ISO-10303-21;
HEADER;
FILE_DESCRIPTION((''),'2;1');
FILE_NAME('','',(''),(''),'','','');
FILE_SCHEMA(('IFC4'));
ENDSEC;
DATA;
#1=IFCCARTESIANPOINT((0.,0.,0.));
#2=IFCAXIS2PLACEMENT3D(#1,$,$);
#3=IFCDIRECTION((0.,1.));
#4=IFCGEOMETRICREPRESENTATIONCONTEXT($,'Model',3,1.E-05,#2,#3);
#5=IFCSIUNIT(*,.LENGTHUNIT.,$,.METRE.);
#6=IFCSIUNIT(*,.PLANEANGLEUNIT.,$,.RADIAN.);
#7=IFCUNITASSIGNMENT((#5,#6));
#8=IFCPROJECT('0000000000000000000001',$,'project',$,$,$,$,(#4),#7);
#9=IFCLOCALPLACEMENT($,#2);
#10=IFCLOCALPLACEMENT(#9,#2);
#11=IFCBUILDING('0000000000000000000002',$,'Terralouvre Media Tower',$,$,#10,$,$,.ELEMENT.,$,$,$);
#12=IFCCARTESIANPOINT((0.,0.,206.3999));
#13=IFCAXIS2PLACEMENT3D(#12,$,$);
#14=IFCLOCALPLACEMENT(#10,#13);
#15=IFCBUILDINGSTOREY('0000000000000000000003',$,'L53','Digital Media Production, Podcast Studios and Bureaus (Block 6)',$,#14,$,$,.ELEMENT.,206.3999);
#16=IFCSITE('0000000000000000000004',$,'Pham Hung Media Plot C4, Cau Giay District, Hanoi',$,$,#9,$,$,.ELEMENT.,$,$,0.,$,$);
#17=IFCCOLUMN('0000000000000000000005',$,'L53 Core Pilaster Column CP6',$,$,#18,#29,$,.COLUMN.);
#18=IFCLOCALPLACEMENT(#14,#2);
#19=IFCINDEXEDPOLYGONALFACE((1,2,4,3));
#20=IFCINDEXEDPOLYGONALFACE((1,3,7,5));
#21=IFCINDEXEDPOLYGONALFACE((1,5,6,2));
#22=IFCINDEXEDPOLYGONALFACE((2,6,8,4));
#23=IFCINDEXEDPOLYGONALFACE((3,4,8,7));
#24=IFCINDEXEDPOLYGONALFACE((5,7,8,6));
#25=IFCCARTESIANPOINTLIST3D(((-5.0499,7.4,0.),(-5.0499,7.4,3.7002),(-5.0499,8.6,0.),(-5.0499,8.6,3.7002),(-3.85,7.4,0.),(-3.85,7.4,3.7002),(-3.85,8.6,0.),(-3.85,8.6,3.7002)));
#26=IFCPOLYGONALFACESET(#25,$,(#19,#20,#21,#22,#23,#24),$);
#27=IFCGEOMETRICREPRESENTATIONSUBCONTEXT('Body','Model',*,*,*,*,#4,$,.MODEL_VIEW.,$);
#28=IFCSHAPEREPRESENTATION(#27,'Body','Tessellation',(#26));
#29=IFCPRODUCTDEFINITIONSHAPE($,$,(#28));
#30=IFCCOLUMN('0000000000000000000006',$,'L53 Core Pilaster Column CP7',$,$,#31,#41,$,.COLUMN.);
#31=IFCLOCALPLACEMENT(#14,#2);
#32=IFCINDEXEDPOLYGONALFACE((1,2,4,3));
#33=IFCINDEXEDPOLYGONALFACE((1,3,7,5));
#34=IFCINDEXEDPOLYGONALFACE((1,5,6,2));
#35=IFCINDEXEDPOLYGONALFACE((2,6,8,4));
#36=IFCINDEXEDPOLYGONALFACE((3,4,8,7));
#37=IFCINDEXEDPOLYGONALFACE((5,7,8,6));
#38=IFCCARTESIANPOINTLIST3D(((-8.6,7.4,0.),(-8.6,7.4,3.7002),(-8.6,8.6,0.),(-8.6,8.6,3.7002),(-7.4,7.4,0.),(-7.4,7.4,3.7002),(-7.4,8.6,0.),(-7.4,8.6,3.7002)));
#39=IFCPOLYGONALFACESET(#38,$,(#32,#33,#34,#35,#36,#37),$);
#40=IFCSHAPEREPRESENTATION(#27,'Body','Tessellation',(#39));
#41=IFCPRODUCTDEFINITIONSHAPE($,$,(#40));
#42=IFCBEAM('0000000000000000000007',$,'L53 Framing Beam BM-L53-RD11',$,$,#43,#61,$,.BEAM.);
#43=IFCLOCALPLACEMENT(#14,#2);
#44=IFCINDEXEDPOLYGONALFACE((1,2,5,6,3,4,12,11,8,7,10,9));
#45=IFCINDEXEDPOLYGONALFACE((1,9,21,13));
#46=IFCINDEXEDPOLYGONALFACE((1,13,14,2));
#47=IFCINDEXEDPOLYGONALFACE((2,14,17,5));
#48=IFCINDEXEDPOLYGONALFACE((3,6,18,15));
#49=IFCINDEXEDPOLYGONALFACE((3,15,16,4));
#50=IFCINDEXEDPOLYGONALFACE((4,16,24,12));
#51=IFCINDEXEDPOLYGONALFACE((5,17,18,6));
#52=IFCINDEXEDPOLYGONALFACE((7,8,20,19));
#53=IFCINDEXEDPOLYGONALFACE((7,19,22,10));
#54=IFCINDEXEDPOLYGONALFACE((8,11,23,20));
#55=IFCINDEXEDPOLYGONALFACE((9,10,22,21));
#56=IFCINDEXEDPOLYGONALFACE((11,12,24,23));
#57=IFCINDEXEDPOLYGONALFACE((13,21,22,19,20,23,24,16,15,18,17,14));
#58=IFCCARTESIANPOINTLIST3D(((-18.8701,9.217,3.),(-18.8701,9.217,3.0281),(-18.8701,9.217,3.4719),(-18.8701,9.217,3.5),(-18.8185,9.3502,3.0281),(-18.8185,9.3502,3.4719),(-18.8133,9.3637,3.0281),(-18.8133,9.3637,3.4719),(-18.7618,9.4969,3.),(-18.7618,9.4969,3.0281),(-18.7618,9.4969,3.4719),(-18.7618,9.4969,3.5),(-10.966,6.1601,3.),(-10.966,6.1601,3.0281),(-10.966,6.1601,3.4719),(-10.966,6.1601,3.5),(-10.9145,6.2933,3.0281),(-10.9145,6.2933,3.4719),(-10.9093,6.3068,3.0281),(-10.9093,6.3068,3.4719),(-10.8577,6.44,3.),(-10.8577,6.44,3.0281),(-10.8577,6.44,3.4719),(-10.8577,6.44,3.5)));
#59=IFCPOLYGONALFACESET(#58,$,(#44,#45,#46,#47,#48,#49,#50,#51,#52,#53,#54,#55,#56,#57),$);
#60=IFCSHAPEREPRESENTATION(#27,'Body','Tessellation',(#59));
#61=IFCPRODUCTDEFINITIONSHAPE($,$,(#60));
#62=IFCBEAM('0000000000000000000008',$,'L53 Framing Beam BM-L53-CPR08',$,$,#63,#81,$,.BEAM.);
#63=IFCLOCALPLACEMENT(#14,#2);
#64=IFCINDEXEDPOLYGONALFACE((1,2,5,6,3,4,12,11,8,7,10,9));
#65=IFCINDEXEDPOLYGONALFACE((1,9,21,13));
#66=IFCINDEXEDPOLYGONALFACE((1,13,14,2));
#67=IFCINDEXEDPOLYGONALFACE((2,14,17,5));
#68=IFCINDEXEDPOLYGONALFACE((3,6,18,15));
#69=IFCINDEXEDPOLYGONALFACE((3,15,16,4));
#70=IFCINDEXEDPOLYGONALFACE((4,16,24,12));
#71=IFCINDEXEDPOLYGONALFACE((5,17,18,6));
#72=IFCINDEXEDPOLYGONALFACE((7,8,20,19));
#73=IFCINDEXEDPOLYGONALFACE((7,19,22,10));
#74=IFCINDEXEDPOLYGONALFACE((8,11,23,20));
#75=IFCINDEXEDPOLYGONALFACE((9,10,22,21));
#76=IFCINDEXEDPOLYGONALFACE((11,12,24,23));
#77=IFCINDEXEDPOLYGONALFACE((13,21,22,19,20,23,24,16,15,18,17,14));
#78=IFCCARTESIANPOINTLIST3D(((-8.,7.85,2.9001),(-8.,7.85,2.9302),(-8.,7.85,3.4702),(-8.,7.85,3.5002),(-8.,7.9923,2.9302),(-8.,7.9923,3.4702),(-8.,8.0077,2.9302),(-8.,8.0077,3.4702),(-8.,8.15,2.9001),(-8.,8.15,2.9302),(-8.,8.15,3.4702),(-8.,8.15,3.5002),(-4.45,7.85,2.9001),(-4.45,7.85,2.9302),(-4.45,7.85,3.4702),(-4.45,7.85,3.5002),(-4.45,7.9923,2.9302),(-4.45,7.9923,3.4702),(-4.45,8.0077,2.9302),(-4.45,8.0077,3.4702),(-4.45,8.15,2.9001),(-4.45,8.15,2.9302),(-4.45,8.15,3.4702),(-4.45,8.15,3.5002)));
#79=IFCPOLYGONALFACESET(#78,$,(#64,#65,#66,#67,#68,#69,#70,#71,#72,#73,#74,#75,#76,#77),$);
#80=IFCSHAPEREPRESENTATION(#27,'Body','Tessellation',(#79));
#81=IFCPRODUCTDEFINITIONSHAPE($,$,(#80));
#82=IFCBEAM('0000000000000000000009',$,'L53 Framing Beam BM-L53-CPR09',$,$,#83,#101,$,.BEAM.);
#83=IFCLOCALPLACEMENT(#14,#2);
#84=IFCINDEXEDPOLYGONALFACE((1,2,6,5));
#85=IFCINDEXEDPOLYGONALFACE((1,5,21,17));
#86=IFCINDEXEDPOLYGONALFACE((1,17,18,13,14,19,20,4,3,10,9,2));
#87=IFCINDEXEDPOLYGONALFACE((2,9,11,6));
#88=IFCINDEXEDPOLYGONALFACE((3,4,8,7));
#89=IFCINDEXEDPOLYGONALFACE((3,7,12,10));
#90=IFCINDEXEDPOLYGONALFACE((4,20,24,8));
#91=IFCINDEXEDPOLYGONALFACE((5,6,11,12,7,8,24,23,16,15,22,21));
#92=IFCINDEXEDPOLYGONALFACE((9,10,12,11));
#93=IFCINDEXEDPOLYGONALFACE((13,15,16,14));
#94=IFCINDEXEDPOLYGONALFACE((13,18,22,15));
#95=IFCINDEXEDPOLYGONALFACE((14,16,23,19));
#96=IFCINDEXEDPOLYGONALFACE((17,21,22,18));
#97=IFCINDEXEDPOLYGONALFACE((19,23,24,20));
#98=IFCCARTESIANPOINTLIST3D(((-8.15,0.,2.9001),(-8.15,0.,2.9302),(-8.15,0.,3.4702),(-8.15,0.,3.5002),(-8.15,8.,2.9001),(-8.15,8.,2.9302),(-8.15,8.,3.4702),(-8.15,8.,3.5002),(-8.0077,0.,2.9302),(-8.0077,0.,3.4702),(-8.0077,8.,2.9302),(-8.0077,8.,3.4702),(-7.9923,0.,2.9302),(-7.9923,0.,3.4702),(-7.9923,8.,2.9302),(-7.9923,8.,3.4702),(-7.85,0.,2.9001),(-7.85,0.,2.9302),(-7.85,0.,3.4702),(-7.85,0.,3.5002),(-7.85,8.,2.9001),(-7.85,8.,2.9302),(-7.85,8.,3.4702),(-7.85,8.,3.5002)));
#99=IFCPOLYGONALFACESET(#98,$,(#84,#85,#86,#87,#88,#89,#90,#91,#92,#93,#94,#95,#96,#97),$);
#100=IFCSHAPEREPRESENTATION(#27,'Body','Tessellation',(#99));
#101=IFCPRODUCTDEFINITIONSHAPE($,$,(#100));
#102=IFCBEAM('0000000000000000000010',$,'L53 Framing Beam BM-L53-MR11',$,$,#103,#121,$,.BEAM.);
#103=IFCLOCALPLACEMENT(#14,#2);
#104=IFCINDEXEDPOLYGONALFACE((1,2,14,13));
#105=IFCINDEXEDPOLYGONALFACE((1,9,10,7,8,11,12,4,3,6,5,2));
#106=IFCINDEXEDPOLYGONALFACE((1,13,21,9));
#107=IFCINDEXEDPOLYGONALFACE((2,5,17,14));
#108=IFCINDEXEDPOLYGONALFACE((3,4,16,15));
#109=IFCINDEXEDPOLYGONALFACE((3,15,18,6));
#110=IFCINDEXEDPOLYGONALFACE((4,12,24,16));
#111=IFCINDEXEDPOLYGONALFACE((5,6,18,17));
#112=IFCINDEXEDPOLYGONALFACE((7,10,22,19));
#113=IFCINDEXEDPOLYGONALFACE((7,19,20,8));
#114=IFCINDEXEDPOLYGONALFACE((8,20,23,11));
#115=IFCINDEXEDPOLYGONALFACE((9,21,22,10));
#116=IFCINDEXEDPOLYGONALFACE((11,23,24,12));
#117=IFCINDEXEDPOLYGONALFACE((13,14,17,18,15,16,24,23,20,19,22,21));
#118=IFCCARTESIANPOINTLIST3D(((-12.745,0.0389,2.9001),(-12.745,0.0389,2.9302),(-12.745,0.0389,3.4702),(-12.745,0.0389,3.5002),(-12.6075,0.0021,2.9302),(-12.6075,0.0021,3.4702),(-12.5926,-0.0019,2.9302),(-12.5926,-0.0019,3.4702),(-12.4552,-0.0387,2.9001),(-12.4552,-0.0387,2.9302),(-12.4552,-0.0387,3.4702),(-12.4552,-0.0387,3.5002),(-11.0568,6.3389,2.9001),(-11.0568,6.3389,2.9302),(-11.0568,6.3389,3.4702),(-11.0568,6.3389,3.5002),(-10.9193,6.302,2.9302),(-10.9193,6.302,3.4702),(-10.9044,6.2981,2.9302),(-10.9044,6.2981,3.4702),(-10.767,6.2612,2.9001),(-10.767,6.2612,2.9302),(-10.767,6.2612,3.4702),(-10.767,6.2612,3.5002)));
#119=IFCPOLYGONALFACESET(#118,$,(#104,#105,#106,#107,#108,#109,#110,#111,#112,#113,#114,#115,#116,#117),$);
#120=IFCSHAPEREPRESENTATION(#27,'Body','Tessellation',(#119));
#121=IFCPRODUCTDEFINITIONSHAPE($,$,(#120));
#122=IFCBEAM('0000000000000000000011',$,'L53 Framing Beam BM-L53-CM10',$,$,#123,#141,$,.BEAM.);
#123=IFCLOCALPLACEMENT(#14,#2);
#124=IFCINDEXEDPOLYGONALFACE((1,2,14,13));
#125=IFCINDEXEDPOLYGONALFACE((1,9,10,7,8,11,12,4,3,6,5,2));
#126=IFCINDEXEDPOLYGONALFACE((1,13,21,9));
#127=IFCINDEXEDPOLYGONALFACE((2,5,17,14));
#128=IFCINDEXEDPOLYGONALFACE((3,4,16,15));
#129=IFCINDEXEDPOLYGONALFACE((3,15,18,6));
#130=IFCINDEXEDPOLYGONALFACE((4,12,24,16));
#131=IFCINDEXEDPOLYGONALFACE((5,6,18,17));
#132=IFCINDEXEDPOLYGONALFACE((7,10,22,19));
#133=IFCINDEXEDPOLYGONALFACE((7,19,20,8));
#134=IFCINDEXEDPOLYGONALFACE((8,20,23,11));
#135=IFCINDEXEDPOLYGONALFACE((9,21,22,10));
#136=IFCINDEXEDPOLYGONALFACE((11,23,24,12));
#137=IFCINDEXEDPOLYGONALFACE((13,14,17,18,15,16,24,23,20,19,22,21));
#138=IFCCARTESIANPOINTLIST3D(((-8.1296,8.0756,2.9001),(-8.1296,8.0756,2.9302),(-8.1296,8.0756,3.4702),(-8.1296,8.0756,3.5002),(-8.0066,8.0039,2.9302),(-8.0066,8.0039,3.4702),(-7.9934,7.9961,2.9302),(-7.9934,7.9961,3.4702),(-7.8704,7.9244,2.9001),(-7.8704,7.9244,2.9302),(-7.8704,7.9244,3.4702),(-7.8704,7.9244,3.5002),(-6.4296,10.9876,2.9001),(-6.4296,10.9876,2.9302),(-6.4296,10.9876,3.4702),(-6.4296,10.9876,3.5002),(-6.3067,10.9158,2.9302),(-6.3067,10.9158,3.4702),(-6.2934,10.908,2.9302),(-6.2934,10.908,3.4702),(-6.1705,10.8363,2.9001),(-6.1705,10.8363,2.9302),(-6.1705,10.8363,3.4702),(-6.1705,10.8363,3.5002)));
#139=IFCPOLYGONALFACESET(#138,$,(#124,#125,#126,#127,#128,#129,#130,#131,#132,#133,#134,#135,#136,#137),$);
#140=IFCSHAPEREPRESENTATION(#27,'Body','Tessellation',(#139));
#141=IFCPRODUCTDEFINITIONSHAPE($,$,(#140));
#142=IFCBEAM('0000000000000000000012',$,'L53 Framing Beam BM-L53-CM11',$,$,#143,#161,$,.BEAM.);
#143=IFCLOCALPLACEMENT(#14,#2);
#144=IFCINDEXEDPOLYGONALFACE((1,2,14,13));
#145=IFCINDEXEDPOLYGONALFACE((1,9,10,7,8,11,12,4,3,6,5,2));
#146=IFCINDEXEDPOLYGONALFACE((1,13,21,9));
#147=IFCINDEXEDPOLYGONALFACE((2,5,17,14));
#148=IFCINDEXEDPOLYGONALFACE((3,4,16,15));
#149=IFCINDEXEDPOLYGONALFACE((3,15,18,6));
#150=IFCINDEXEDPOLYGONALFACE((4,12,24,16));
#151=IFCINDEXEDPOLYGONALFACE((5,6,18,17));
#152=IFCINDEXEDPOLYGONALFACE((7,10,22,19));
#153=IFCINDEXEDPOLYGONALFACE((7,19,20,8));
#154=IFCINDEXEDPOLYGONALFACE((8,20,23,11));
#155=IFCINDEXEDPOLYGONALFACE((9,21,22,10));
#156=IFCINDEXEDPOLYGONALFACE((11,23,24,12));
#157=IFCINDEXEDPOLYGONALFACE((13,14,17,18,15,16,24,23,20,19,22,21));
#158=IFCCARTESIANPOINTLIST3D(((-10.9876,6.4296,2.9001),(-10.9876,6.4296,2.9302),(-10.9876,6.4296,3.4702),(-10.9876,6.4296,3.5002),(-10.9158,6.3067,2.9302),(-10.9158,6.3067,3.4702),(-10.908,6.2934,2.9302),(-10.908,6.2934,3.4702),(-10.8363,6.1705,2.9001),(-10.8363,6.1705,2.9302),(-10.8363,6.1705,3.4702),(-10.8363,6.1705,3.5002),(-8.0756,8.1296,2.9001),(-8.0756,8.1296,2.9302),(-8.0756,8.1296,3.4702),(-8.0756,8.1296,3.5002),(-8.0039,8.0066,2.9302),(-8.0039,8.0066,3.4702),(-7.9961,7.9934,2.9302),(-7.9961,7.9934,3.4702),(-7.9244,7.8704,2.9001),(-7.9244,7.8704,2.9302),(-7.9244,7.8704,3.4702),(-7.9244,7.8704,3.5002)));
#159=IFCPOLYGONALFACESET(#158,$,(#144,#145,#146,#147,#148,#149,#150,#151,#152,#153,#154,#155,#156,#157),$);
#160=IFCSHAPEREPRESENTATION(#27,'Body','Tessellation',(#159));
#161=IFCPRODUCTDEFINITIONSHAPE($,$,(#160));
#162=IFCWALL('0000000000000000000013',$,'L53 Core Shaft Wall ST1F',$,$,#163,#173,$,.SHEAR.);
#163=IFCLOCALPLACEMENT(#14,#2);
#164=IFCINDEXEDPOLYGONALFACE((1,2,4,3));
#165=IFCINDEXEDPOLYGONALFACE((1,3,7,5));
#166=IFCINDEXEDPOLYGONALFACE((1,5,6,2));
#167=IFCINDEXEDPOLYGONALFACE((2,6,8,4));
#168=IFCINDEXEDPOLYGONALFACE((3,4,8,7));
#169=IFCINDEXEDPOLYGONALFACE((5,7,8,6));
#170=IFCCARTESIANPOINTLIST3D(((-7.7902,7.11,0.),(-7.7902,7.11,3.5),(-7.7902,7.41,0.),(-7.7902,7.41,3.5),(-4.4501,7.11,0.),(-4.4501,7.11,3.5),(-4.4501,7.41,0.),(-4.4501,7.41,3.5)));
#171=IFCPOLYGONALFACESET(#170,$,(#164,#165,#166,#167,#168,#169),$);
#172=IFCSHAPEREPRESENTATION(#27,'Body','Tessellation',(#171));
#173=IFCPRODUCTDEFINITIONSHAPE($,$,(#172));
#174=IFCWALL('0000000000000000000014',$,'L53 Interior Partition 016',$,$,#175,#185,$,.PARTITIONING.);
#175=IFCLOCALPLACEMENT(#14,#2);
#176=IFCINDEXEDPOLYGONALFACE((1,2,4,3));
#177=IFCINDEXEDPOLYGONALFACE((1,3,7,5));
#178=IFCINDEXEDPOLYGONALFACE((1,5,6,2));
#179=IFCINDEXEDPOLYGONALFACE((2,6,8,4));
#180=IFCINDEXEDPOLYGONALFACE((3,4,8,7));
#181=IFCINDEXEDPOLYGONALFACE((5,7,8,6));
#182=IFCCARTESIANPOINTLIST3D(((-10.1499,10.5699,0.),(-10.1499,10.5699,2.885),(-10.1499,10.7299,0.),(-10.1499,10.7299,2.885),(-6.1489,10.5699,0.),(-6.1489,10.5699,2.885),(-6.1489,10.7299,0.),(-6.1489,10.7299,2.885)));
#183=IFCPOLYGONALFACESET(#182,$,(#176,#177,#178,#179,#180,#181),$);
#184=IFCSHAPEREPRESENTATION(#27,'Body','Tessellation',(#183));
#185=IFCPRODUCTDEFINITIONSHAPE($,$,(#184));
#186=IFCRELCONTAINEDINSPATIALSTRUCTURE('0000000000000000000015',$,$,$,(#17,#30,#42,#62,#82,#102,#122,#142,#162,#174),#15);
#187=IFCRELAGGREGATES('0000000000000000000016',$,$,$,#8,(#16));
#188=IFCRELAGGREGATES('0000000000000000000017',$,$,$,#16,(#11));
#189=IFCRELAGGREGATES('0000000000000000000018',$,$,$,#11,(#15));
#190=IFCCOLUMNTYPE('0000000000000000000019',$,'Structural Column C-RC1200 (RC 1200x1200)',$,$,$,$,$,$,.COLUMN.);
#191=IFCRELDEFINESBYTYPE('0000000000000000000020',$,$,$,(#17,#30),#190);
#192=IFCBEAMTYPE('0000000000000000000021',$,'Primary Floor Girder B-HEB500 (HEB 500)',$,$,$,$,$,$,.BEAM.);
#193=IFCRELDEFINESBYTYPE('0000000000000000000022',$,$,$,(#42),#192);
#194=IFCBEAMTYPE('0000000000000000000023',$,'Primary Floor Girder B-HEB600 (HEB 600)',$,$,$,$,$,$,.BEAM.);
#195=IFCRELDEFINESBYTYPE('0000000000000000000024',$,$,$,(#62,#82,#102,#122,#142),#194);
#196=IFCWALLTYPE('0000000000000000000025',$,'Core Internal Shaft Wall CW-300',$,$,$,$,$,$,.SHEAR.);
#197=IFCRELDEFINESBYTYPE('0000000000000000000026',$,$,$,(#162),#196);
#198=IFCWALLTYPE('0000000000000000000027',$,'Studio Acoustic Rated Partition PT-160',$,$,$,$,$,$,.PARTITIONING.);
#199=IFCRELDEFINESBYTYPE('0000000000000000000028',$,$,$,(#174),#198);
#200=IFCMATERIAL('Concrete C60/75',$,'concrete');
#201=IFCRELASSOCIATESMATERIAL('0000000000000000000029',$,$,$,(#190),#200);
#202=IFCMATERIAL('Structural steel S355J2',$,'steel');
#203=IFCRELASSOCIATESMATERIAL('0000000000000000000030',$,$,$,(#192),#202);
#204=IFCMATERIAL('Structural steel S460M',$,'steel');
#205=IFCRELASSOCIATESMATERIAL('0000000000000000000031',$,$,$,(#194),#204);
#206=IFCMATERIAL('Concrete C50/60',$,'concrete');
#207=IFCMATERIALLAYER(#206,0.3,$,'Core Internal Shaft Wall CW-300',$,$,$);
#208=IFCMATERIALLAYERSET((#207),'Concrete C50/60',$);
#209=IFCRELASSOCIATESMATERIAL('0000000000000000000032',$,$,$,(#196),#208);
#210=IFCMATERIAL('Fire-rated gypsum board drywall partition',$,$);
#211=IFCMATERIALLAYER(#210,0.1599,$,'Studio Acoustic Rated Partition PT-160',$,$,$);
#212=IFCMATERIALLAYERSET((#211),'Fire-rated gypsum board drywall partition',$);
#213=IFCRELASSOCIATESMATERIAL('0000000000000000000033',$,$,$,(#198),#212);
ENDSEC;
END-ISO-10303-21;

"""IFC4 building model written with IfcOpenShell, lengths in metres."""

from ifc_helpers import new_model, si_unit, direction, frame, frame_2d, origin, origin_2d, place, context, subcontext, project, spatial, rectangle, i_section, extrude, material, layer, layer_set, material_profile, profile_set, type_object, element, save


model = new_model("IFC4")

# Units and contexts
model_context = context("Model", 3, precision=1e-05, world=origin(), true_north=direction((0.0, 1.0)))
body_context = subcontext(model_context, "Body", "Model", "MODEL_VIEW")
ifc_project = project(units=[si_unit("LENGTHUNIT", "METRE"), si_unit("PLANEANGLEUNIT", "RADIAN")], contexts=[model_context])

# Site, building, storey
site_placement = place(None, origin())
site = spatial("IfcSite", under=ifc_project, at=site_placement, Name="Pham Hung Media Plot C4, Cau Giay District, Hanoi", CompositionType="ELEMENT", RefElevation=0.0)
building_placement = place(site_placement, origin())
building = spatial("IfcBuilding", under=site, at=building_placement, Name="Terralouvre Media Tower", CompositionType="ELEMENT")
storey_placement = place(building_placement, frame((0.0, 0.0, 206.3999)))
storey = spatial("IfcBuildingStorey", under=building, at=storey_placement, Name="L53", Description="Digital Media Production, Podcast Studios and Bureaus (Block 6)", CompositionType="ELEMENT", Elevation=206.3999)

# Columns
ifc_material_1 = material(Name="Concrete C60/75", Category="concrete")
ifc_material_profile_1 = material_profile(ifc_material_1, rectangle(XDim=1.2, YDim=1.2, at=origin_2d()), Name="RC 1200x1200")
ifc_profile_set_1 = profile_set([ifc_material_profile_1], Name="Concrete C60/75")
column_type = type_object("IfcColumnType", Name="Structural Column C-RC1200 (RC 1200x1200)", PredefinedType="COLUMN", material=ifc_profile_set_1)
for number, where, z_axis, x_axis, name in (
    (1, (-4.45, 8.0, 0.0), (0.0, 0.0, 1.0), (1.0, 0.0, 0.0), "L53 Core Pilaster Column CP6"),
    (2, (-8.0, 8.0, 0.0), (0.0, 0.0, 1.0), (1.0, 0.0, 0.0), "L53 Core Pilaster Column CP7"),
):
    element("IfcColumn", number, at=place(storey_placement, frame(where, z_axis=z_axis, x_axis=x_axis)), inside=storey, type_object=column_type, Name=name, PredefinedType="COLUMN", context=body_context, shape_type="SweptSolid", body=[
        extrude(rectangle(XDim=1.2, YDim=1.2, at=origin_2d()), origin(), (0.0, 0.0, 1.0), 3.7002),
    ])

# Beams
ifc_material_2 = material(Name="Structural steel S355J2", Category="steel")
ifc_material_profile_2 = material_profile(ifc_material_2, i_section(OverallWidth=0.3, OverallDepth=0.5, WebThickness=0.0144, FlangeThickness=0.0281, at=origin_2d()), Name="HEB 500")
ifc_profile_set_2 = profile_set([ifc_material_profile_2], Name="Structural steel S355J2")
beam_type_1 = type_object("IfcBeamType", Name="Primary Floor Girder B-HEB500 (HEB 500)", PredefinedType="BEAM", material=ifc_profile_set_2)
beam_1_placement = place(storey_placement, frame((-10.9119, 6.3, 3.25), z_axis=(-0.932677, 0.360712, 0.0), x_axis=(-0.360712, -0.932677, 0.0)))
element("IfcBeam", 3, at=beam_1_placement, inside=storey, type_object=beam_type_1, Name="L53 Framing Beam BM-L53-RD11", PredefinedType="BEAM", context=body_context, shape_type="SweptSolid", body=[
    extrude(i_section(OverallWidth=0.3, OverallDepth=0.5, WebThickness=0.0144, FlangeThickness=0.0281, at=origin_2d()), origin(), (0.0, 0.0, 1.0), 8.4746),
])
ifc_material_3 = material(Name="Structural steel S460M", Category="steel")
ifc_material_profile_3 = material_profile(ifc_material_3, i_section(OverallWidth=0.3, OverallDepth=0.6001, WebThickness=0.0154, FlangeThickness=0.03, at=origin_2d()), Name="HEB 600")
ifc_profile_set_3 = profile_set([ifc_material_profile_3], Name="Structural steel S460M")
beam_type_2 = type_object("IfcBeamType", Name="Primary Floor Girder B-HEB600 (HEB 600)", PredefinedType="BEAM", material=ifc_profile_set_3)
beam_2_placement = place(storey_placement, frame((-4.45, 8.0, 3.2002), z_axis=(-1.0, 0.0, 0.0), x_axis=(0.0, -1.0, 0.0)))
element("IfcBeam", 4, at=beam_2_placement, inside=storey, type_object=beam_type_2, Name="L53 Framing Beam BM-L53-CPR08", PredefinedType="BEAM", context=body_context, shape_type="SweptSolid", body=[
    extrude(i_section(OverallWidth=0.3, OverallDepth=0.6001, WebThickness=0.0154, FlangeThickness=0.03, at=origin_2d()), origin(), (0.0, 0.0, 1.0), 3.55),
])
beam_3_placement = place(storey_placement, frame((-8.0, 8.0, 3.2002), z_axis=(0.0, -1.0, 0.0), x_axis=(1.0, 0.0, 0.0)))
element("IfcBeam", 5, at=beam_3_placement, inside=storey, type_object=beam_type_2, Name="L53 Framing Beam BM-L53-CPR09", PredefinedType="BEAM", context=body_context, shape_type="SweptSolid", body=[
    extrude(i_section(OverallWidth=0.3, OverallDepth=0.6001, WebThickness=0.0154, FlangeThickness=0.03, at=origin_2d()), origin(), (0.0, 0.0, 1.0), 8.0),
])
beam_4_placement = place(storey_placement, frame((-10.9119, 6.3, 3.2002), z_axis=(-0.258839, -0.96592, 0.0), x_axis=(0.96592, -0.258839, 0.0)))
element("IfcBeam", 6, at=beam_4_placement, inside=storey, type_object=beam_type_2, Name="L53 Framing Beam BM-L53-MR11", PredefinedType="BEAM", context=body_context, shape_type="SweptSolid", body=[
    extrude(i_section(OverallWidth=0.3, OverallDepth=0.6001, WebThickness=0.0154, FlangeThickness=0.03, at=origin_2d()), origin(), (0.0, 0.0, 1.0), 6.5222),
])
for number, where, z_axis, x_axis, name in (
    (7, (-8.0, 8.0, 3.2002), (0.504173, 0.863603, 0.0), (-0.863603, 0.504173, 0.0), "L53 Framing Beam BM-L53-CM10"),
    (8, (-8.0, 8.0, 3.2002), (-0.863603, -0.504173, 0.0), (0.504173, -0.863603, 0.0), "L53 Framing Beam BM-L53-CM11"),
):
    element("IfcBeam", number, at=place(storey_placement, frame(where, z_axis=z_axis, x_axis=x_axis)), inside=storey, type_object=beam_type_2, Name=name, PredefinedType="BEAM", context=body_context, shape_type="SweptSolid", body=[
        extrude(i_section(OverallWidth=0.3, OverallDepth=0.6001, WebThickness=0.0154, FlangeThickness=0.03, at=origin_2d()), origin(), (0.0, 0.0, 1.0), 3.3718),
    ])

# Shared definitions
ifc_material_4 = material(Name="Concrete C50/60", Category="concrete")
ifc_layer_1 = layer(ifc_material_4, 0.3, Name="Core Internal Shaft Wall CW-300")
ifc_layer_set_1 = layer_set([ifc_layer_1], Name="Concrete C50/60")
wall_type_1 = type_object("IfcWallType", Name="Core Internal Shaft Wall CW-300", PredefinedType="SHEAR", material=ifc_layer_set_1)

# Wall
wall_1_placement = place(storey_placement, frame((-7.79, 7.26, 0.0), z_axis=(0.0, 0.0, 1.0), x_axis=(1.0, 0.0, 0.0)))
element("IfcWall", 9, at=wall_1_placement, inside=storey, type_object=wall_type_1, Name="L53 Core Shaft Wall ST1F", PredefinedType="SHEAR", context=body_context, shape_type="SweptSolid", body=[
    extrude(rectangle(XDim=3.3401, YDim=0.3, at=frame_2d((1.6699, 0.0))), origin(), (0.0, 0.0, 1.0), 3.5),
])

# Wall
ifc_material_5 = material(Name="Fire-rated gypsum board drywall partition")
ifc_layer_2 = layer(ifc_material_5, 0.1599, Name="Studio Acoustic Rated Partition PT-160")
ifc_layer_set_2 = layer_set([ifc_layer_2], Name="Fire-rated gypsum board drywall partition")
wall_type_2 = type_object("IfcWallType", Name="Studio Acoustic Rated Partition PT-160", PredefinedType="PARTITIONING", material=ifc_layer_set_2)
wall_2_placement = place(storey_placement, frame((-6.1489, 10.6499, 0.0), z_axis=(0.0, 0.0, 1.0), x_axis=(-1.0, 0.0, 0.0)))
element("IfcWall", 10, at=wall_2_placement, inside=storey, type_object=wall_type_2, Name="L53 Interior Partition 016", PredefinedType="PARTITIONING", context=body_context, shape_type="SweptSolid", body=[
    extrude(rectangle(XDim=4.001, YDim=0.1599, at=frame_2d((2.0005, 0.0))), origin(), (0.0, 0.0, 1.0), 2.885),
])

save(model, "model.ifc")
